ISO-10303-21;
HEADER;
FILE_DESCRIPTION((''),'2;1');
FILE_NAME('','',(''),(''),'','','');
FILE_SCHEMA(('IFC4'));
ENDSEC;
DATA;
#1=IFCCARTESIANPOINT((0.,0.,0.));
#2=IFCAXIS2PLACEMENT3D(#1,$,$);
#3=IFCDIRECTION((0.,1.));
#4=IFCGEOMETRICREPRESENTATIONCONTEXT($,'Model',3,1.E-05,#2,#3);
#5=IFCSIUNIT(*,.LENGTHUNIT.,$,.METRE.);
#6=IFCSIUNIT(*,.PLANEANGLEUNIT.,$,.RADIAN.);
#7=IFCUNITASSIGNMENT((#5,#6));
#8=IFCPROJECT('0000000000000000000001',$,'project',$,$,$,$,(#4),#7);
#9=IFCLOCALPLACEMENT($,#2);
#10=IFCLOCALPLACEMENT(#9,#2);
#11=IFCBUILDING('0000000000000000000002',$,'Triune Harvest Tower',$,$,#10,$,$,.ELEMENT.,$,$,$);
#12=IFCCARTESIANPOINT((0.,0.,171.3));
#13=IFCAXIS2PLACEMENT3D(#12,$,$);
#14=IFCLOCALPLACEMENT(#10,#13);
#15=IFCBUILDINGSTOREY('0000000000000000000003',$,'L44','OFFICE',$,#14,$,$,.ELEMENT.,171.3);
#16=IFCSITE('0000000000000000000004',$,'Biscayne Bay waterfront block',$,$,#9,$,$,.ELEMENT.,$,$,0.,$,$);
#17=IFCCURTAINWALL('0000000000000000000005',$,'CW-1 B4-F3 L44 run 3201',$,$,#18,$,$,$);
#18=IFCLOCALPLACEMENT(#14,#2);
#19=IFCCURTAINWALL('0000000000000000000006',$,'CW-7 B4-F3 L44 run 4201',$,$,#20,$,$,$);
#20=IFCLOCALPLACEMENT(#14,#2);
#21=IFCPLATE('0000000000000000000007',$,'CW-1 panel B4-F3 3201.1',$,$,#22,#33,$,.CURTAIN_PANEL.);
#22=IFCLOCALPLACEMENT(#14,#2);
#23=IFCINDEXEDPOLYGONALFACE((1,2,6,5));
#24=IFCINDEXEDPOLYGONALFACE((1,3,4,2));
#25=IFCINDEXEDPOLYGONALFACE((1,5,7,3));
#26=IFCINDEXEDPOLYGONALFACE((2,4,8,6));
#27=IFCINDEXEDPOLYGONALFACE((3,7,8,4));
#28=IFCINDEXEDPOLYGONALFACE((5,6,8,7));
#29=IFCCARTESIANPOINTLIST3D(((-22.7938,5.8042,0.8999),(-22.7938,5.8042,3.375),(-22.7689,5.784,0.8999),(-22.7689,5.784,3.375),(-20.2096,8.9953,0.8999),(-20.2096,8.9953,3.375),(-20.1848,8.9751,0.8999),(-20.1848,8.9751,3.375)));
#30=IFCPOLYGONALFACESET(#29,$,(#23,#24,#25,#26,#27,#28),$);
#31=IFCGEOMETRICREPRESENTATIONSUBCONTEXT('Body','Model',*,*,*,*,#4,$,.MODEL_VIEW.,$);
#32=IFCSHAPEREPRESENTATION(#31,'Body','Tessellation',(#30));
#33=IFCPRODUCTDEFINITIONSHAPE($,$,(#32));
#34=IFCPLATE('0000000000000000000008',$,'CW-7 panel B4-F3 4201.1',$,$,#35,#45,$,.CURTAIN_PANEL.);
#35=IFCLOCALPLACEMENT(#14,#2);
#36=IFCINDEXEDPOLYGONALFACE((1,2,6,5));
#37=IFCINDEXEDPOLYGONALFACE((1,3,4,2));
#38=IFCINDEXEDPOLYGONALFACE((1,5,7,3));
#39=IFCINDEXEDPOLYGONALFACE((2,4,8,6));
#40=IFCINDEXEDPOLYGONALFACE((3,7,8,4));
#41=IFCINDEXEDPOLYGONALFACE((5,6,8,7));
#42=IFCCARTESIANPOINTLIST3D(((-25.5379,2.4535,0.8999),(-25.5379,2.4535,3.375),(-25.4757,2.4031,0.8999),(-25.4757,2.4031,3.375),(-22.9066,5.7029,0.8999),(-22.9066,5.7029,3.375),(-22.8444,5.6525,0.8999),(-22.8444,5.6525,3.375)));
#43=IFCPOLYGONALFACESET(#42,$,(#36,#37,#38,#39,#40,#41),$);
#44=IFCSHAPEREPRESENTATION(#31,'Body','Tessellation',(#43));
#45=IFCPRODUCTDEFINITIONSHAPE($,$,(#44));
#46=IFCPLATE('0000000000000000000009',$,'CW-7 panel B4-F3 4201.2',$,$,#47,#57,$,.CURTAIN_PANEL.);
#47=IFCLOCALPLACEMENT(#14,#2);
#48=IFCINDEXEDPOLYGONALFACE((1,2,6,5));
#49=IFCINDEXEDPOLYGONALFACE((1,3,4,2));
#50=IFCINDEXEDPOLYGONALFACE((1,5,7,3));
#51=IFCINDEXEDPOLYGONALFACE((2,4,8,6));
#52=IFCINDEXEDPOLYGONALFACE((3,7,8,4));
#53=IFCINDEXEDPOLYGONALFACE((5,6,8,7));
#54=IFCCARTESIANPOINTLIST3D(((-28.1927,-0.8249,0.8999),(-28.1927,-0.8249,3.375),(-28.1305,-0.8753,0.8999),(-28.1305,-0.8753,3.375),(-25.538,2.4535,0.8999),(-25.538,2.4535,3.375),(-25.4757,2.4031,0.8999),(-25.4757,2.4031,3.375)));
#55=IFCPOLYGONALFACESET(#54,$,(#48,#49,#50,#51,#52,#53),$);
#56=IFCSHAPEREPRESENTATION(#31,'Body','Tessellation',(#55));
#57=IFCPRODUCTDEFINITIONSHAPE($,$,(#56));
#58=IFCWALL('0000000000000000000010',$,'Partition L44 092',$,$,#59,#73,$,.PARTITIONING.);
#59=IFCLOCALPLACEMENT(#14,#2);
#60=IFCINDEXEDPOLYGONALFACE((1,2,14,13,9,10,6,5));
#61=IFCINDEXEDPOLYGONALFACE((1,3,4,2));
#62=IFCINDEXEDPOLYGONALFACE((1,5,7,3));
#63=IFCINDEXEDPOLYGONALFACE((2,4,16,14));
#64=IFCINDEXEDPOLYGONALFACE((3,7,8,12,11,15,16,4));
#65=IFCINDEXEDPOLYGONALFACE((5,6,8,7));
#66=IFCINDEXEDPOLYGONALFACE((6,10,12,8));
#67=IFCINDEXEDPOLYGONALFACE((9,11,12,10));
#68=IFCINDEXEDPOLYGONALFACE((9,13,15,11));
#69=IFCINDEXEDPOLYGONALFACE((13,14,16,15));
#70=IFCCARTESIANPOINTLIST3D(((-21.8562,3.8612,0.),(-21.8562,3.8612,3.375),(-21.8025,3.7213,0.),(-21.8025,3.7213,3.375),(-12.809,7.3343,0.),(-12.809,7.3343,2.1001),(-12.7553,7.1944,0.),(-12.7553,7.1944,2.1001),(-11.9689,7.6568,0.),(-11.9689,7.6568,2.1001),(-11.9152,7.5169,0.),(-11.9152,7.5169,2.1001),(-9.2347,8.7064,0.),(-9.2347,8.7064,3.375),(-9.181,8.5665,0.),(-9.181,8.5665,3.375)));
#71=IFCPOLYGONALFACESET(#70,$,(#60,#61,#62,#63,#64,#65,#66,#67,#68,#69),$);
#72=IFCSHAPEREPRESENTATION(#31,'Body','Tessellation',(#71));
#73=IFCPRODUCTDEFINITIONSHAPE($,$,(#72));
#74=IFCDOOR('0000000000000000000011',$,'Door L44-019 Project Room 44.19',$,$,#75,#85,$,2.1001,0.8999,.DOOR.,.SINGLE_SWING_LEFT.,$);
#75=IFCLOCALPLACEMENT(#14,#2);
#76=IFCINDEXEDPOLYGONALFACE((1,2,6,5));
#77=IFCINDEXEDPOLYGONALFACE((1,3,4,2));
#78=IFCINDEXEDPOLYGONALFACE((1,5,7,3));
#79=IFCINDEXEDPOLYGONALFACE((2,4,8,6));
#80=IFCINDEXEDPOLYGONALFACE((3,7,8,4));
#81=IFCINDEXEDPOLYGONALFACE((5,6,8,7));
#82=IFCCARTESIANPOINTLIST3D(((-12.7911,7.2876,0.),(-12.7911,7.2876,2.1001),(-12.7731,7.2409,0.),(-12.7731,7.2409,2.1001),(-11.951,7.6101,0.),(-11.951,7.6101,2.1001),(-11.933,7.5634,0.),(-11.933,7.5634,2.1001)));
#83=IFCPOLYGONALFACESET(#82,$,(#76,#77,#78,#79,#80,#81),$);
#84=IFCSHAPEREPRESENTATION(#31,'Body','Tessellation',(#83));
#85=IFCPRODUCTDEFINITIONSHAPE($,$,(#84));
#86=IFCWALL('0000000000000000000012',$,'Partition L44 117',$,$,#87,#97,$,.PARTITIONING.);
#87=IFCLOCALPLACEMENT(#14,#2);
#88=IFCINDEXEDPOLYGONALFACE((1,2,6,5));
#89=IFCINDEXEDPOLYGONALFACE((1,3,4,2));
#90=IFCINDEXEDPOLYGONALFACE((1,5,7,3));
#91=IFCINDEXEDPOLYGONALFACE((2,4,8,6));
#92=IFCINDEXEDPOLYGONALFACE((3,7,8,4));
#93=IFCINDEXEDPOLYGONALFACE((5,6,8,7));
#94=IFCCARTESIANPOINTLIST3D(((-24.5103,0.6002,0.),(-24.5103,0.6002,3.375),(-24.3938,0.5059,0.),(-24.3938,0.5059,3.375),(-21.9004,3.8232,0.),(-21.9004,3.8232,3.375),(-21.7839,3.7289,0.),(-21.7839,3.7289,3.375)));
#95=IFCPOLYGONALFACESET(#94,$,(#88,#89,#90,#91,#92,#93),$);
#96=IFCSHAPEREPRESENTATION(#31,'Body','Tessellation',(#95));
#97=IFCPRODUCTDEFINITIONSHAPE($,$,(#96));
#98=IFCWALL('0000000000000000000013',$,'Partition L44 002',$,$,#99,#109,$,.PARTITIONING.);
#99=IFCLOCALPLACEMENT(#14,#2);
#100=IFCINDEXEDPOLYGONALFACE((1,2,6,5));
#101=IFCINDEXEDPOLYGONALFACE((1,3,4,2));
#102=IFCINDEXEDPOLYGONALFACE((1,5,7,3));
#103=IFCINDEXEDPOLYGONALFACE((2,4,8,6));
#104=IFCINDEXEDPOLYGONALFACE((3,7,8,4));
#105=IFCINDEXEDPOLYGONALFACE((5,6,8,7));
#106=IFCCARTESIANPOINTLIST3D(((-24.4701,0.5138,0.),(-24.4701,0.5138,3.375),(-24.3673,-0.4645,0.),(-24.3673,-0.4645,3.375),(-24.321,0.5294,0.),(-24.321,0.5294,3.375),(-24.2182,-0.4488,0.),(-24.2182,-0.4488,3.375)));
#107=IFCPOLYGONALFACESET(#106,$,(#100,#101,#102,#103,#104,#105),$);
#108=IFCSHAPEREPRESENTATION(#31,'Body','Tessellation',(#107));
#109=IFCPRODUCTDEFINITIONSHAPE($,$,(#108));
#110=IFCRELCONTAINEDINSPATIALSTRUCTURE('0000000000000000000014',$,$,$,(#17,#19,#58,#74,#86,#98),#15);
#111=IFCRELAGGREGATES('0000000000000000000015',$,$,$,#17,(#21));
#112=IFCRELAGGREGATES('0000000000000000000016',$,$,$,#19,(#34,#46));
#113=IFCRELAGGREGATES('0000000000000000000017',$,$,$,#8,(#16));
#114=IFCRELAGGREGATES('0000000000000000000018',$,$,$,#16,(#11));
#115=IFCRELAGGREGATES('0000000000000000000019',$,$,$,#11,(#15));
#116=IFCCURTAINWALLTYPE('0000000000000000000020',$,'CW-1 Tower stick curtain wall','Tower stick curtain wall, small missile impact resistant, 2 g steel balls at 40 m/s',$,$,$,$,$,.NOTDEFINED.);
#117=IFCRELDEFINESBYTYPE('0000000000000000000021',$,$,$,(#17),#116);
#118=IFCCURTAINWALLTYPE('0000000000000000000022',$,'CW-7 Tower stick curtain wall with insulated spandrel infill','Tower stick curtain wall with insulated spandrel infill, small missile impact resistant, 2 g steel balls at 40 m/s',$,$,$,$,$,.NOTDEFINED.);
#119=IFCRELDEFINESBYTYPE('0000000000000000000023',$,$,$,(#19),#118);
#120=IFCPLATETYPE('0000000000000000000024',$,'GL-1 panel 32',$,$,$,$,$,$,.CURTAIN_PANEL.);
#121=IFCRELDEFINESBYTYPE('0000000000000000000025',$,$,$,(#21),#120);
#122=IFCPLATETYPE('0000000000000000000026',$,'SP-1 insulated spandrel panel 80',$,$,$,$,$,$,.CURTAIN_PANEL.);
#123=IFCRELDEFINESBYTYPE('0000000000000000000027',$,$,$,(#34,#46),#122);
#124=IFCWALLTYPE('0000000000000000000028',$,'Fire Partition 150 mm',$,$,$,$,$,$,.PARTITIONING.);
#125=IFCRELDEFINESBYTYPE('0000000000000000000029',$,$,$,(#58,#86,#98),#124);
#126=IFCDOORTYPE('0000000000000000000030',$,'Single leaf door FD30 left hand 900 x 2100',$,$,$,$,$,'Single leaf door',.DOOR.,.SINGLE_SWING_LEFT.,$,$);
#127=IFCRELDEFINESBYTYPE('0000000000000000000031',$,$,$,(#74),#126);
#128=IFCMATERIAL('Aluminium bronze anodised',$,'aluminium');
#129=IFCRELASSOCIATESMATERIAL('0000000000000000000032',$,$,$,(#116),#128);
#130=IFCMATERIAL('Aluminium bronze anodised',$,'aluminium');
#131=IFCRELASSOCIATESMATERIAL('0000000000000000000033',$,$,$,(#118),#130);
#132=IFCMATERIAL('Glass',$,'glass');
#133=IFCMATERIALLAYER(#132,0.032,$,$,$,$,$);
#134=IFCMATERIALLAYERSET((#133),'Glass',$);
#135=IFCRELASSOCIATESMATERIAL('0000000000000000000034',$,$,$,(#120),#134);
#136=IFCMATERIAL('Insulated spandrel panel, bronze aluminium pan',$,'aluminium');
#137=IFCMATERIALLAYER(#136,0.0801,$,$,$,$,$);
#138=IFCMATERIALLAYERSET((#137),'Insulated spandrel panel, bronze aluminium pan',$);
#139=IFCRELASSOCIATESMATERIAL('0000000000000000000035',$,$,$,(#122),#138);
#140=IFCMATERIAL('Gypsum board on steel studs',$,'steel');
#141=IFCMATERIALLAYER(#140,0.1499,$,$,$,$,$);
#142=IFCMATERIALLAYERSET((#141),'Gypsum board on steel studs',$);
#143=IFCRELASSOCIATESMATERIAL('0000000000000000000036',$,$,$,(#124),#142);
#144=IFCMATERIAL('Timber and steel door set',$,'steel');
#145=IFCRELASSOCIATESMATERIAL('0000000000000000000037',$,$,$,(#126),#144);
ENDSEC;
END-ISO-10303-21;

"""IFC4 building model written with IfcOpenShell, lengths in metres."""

from ifc_helpers import new_model, si_unit, direction, frame, frame_2d, origin, origin_2d, place, context, subcontext, project, spatial, rectangle, extrude, source, transform, mapped, material, layer, layer_set, type_object, element, fill, aggregate, save


model = new_model("IFC4")

# Units and contexts
model_context = context("Model", 3, precision=1e-05, world=origin(), true_north=direction((0.0, 1.0)))
body_context = subcontext(model_context, "Body", "Model", "MODEL_VIEW")
ifc_project = project(units=[si_unit("LENGTHUNIT", "METRE"), si_unit("PLANEANGLEUNIT", "RADIAN")], contexts=[model_context])

# Site, building, storey
site_placement = place(None, origin())
site = spatial("IfcSite", under=ifc_project, at=site_placement, Name="Biscayne Bay waterfront block", CompositionType="ELEMENT", RefElevation=0.0)
building_placement = place(site_placement, origin())
building = spatial("IfcBuilding", under=site, at=building_placement, Name="Triune Harvest Tower", CompositionType="ELEMENT")
storey_placement = place(building_placement, frame((0.0, 0.0, 171.3)))
storey = spatial("IfcBuildingStorey", under=building, at=storey_placement, Name="L44", Description="OFFICE", CompositionType="ELEMENT", Elevation=171.3)

# Curtain wall
ifc_material_1 = material(Name="Aluminium bronze anodised", Category="aluminium")
curtain_wall_type_1 = type_object("IfcCurtainWallType", Name="CW-1 Tower stick curtain wall", Description="Tower stick curtain wall, small missile impact resistant, 2 g steel balls at 40 m/s", PredefinedType="NOTDEFINED", material=ifc_material_1)
curtain_wall_1_placement = place(storey_placement, origin())
curtain_wall_1 = element("IfcCurtainWall", 1, at=curtain_wall_1_placement, inside=storey, type_object=curtain_wall_type_1, Name="CW-1 B4-F3 L44 run 3201")

# Curtain wall
ifc_material_2 = material(Name="Aluminium bronze anodised", Category="aluminium")
curtain_wall_type_2 = type_object("IfcCurtainWallType", Name="CW-7 Tower stick curtain wall with insulated spandrel infill", Description="Tower stick curtain wall with insulated spandrel infill, small missile impact resistant, 2 g steel balls at 40 m/s", PredefinedType="NOTDEFINED", material=ifc_material_2)
curtain_wall_2_placement = place(storey_placement, origin())
curtain_wall_2 = element("IfcCurtainWall", 2, at=curtain_wall_2_placement, inside=storey, type_object=curtain_wall_type_2, Name="CW-7 B4-F3 L44 run 4201")

# Plates
ifc_material_3 = material(Name="Glass", Category="glass")
ifc_layer_1 = layer(ifc_material_3, 0.032)
ifc_layer_set_1 = layer_set([ifc_layer_1], Name="Glass")
plate_type_1 = type_object("IfcPlateType", Name="GL-1 panel 32", PredefinedType="CURTAIN_PANEL", material=ifc_layer_set_1)
plate_1_placement = place(storey_placement, frame((-21.4893, 7.3896, 0.8999), z_axis=(0.0, 0.0, 1.0), x_axis=(-0.629329, -0.777139, 0.0)))
plate_1 = element("IfcPlate", 3, at=plate_1_placement, type_object=plate_type_1, Name="CW-1 panel B4-F3 3201.1", PredefinedType="CURTAIN_PANEL", context=body_context, shape_type="SweptSolid", body=[
    extrude(rectangle(XDim=4.1062, YDim=0.032, at=origin_2d()), origin(), (0.0, 0.0, 1.0), 2.4751),
])
aggregate(curtain_wall_1, [plate_1])
ifc_material_4 = material(Name="Insulated spandrel panel, bronze aluminium pan", Category="aluminium")
ifc_layer_2 = layer(ifc_material_4, 0.0801)
ifc_layer_set_2 = layer_set([ifc_layer_2], Name="Insulated spandrel panel, bronze aluminium pan")
plate_type_2 = type_object("IfcPlateType", Name="SP-1 insulated spandrel panel 80", PredefinedType="CURTAIN_PANEL", material=ifc_layer_set_2)
shared_shape_1 = source(origin(), body_context, "Body", "SweptSolid", [
    extrude(rectangle(XDim=4.1812, YDim=0.0801, at=origin_2d()), origin(), (0.0, 0.0, 1.0), 2.4751),
])
plate_2_placement = place(storey_placement, frame((-24.1912, 4.053, 0.8999), z_axis=(0.0, 0.0, 1.0), x_axis=(-0.629319, -0.777147, 0.0)))
plate_2 = element("IfcPlate", 4, at=plate_2_placement, type_object=plate_type_2, Name="CW-7 panel B4-F3 4201.1", PredefinedType="CURTAIN_PANEL", context=body_context, shape_type="MappedRepresentation", body=[
    mapped(shared_shape_1, transform((0.0, 0.0, 0.0), scale=1.0)),
])
shared_shape_2 = source(origin(), body_context, "Body", "SweptSolid", [
    extrude(rectangle(XDim=4.2185, YDim=0.0801, at=origin_2d()), origin(), (0.0, 0.0, 1.0), 2.4751),
])
plate_3_placement = place(storey_placement, frame((-26.8342, 0.7891, 0.8999), z_axis=(0.0, 0.0, 1.0), x_axis=(-0.629319, -0.777147, 0.0)))
plate_3 = element("IfcPlate", 5, at=plate_3_placement, type_object=plate_type_2, Name="CW-7 panel B4-F3 4201.2", PredefinedType="CURTAIN_PANEL", context=body_context, shape_type="MappedRepresentation", body=[
    mapped(shared_shape_2, transform((0.0, 0.0, 0.0), scale=1.0)),
])
aggregate(curtain_wall_2, [plate_2, plate_3])

# Wall, opening, door
ifc_material_5 = material(Name="Gypsum board on steel studs", Category="steel")
ifc_layer_3 = layer(ifc_material_5, 0.1499)
ifc_layer_set_3 = layer_set([ifc_layer_3], Name="Gypsum board on steel studs")
wall_type = type_object("IfcWallType", Name="Fire Partition 150 mm", PredefinedType="PARTITIONING", material=ifc_layer_set_3)
wall_1_placement = place(storey_placement, frame((-21.8293, 3.7913, 0.0), z_axis=(0.0, 0.0, 1.0), x_axis=(0.933574, 0.358384, 0.0)))
wall_1 = element("IfcWall", 6, at=wall_1_placement, inside=storey, type_object=wall_type, Name="Partition L44 092", PredefinedType="PARTITIONING", context=body_context, shape_type="SweptSolid", body=[
    extrude(rectangle(XDim=13.5195, YDim=0.1499, at=frame_2d((6.7598, 0.0))), origin(), (0.0, 0.0, 1.0), 3.375),
])
opening_placement = place(wall_1_placement, frame((9.6909, 0.0, 0.0)))
opening = element("IfcOpeningElement", 7, at=opening_placement, cuts=wall_1, PredefinedType="OPENING", context=body_context, shape_type="SweptSolid", body=[
    extrude(rectangle(XDim=0.8999, YDim=2.1001, at=frame_2d((0.45, 1.05))), frame((0.0, 0.085, 0.0), z_axis=(0.0, -1.0, 0.0), x_axis=(1.0, 0.0, 0.0)), (0.0, 0.0, 1.0), 0.1699),
])
ifc_material_6 = material(Name="Timber and steel door set", Category="steel")
door_type = type_object("IfcDoorType", Name="Single leaf door FD30 left hand 900 x 2100", ElementType="Single leaf door", OperationType="SINGLE_SWING_LEFT", PredefinedType="DOOR", material=ifc_material_6)
door_placement = place(opening_placement, origin())
door = element("IfcDoor", 8, at=door_placement, inside=storey, type_object=door_type, Name="Door L44-019 Project Room 44.19", OperationType="SINGLE_SWING_LEFT", OverallHeight=2.1001, OverallWidth=0.8999, PredefinedType="DOOR", context=body_context, shape_type="SweptSolid", body=[
    extrude(rectangle(XDim=0.8999, YDim=2.1001, at=frame_2d((0.45, 1.05))), frame((0.0, 0.0249, 0.0), z_axis=(0.0, -1.0, 0.0), x_axis=(1.0, 0.0, 0.0)), (0.0, 0.0, 1.0), 0.05),
])
fill(opening, door)

# Walls
wall_2_placement = place(storey_placement, frame((-24.4521, 0.553, 0.0), z_axis=(0.0, 0.0, 1.0), x_axis=(0.629322, 0.777145, 0.0)))
element("IfcWall", 9, at=wall_2_placement, inside=storey, type_object=wall_type, Name="Partition L44 117", PredefinedType="PARTITIONING", context=body_context, shape_type="SweptSolid", body=[
    extrude(rectangle(XDim=4.1472, YDim=0.1499, at=frame_2d((2.0737, 0.0))), origin(), (0.0, 0.0, 1.0), 3.375),
])
shared_shape_3 = source(origin(), body_context, "Body", "SweptSolid", [
    extrude(rectangle(XDim=0.9836, YDim=0.1499, at=frame_2d((0.4917, 0.0))), origin(), (0.0, 0.0, 1.0), 3.375),
])
wall_3_placement = place(storey_placement, frame((-24.3955, 0.5215, 0.0), z_axis=(0.0, 0.0, 1.0), x_axis=(0.104491, -0.994526, 0.0)))
element("IfcWall", 10, at=wall_3_placement, inside=storey, type_object=wall_type, Name="Partition L44 002", PredefinedType="PARTITIONING", context=body_context, shape_type="MappedRepresentation", body=[
    mapped(shared_shape_3, transform((0.0, 0.0, 0.0), scale=1.0)),
])

save(model, "model.ifc")
